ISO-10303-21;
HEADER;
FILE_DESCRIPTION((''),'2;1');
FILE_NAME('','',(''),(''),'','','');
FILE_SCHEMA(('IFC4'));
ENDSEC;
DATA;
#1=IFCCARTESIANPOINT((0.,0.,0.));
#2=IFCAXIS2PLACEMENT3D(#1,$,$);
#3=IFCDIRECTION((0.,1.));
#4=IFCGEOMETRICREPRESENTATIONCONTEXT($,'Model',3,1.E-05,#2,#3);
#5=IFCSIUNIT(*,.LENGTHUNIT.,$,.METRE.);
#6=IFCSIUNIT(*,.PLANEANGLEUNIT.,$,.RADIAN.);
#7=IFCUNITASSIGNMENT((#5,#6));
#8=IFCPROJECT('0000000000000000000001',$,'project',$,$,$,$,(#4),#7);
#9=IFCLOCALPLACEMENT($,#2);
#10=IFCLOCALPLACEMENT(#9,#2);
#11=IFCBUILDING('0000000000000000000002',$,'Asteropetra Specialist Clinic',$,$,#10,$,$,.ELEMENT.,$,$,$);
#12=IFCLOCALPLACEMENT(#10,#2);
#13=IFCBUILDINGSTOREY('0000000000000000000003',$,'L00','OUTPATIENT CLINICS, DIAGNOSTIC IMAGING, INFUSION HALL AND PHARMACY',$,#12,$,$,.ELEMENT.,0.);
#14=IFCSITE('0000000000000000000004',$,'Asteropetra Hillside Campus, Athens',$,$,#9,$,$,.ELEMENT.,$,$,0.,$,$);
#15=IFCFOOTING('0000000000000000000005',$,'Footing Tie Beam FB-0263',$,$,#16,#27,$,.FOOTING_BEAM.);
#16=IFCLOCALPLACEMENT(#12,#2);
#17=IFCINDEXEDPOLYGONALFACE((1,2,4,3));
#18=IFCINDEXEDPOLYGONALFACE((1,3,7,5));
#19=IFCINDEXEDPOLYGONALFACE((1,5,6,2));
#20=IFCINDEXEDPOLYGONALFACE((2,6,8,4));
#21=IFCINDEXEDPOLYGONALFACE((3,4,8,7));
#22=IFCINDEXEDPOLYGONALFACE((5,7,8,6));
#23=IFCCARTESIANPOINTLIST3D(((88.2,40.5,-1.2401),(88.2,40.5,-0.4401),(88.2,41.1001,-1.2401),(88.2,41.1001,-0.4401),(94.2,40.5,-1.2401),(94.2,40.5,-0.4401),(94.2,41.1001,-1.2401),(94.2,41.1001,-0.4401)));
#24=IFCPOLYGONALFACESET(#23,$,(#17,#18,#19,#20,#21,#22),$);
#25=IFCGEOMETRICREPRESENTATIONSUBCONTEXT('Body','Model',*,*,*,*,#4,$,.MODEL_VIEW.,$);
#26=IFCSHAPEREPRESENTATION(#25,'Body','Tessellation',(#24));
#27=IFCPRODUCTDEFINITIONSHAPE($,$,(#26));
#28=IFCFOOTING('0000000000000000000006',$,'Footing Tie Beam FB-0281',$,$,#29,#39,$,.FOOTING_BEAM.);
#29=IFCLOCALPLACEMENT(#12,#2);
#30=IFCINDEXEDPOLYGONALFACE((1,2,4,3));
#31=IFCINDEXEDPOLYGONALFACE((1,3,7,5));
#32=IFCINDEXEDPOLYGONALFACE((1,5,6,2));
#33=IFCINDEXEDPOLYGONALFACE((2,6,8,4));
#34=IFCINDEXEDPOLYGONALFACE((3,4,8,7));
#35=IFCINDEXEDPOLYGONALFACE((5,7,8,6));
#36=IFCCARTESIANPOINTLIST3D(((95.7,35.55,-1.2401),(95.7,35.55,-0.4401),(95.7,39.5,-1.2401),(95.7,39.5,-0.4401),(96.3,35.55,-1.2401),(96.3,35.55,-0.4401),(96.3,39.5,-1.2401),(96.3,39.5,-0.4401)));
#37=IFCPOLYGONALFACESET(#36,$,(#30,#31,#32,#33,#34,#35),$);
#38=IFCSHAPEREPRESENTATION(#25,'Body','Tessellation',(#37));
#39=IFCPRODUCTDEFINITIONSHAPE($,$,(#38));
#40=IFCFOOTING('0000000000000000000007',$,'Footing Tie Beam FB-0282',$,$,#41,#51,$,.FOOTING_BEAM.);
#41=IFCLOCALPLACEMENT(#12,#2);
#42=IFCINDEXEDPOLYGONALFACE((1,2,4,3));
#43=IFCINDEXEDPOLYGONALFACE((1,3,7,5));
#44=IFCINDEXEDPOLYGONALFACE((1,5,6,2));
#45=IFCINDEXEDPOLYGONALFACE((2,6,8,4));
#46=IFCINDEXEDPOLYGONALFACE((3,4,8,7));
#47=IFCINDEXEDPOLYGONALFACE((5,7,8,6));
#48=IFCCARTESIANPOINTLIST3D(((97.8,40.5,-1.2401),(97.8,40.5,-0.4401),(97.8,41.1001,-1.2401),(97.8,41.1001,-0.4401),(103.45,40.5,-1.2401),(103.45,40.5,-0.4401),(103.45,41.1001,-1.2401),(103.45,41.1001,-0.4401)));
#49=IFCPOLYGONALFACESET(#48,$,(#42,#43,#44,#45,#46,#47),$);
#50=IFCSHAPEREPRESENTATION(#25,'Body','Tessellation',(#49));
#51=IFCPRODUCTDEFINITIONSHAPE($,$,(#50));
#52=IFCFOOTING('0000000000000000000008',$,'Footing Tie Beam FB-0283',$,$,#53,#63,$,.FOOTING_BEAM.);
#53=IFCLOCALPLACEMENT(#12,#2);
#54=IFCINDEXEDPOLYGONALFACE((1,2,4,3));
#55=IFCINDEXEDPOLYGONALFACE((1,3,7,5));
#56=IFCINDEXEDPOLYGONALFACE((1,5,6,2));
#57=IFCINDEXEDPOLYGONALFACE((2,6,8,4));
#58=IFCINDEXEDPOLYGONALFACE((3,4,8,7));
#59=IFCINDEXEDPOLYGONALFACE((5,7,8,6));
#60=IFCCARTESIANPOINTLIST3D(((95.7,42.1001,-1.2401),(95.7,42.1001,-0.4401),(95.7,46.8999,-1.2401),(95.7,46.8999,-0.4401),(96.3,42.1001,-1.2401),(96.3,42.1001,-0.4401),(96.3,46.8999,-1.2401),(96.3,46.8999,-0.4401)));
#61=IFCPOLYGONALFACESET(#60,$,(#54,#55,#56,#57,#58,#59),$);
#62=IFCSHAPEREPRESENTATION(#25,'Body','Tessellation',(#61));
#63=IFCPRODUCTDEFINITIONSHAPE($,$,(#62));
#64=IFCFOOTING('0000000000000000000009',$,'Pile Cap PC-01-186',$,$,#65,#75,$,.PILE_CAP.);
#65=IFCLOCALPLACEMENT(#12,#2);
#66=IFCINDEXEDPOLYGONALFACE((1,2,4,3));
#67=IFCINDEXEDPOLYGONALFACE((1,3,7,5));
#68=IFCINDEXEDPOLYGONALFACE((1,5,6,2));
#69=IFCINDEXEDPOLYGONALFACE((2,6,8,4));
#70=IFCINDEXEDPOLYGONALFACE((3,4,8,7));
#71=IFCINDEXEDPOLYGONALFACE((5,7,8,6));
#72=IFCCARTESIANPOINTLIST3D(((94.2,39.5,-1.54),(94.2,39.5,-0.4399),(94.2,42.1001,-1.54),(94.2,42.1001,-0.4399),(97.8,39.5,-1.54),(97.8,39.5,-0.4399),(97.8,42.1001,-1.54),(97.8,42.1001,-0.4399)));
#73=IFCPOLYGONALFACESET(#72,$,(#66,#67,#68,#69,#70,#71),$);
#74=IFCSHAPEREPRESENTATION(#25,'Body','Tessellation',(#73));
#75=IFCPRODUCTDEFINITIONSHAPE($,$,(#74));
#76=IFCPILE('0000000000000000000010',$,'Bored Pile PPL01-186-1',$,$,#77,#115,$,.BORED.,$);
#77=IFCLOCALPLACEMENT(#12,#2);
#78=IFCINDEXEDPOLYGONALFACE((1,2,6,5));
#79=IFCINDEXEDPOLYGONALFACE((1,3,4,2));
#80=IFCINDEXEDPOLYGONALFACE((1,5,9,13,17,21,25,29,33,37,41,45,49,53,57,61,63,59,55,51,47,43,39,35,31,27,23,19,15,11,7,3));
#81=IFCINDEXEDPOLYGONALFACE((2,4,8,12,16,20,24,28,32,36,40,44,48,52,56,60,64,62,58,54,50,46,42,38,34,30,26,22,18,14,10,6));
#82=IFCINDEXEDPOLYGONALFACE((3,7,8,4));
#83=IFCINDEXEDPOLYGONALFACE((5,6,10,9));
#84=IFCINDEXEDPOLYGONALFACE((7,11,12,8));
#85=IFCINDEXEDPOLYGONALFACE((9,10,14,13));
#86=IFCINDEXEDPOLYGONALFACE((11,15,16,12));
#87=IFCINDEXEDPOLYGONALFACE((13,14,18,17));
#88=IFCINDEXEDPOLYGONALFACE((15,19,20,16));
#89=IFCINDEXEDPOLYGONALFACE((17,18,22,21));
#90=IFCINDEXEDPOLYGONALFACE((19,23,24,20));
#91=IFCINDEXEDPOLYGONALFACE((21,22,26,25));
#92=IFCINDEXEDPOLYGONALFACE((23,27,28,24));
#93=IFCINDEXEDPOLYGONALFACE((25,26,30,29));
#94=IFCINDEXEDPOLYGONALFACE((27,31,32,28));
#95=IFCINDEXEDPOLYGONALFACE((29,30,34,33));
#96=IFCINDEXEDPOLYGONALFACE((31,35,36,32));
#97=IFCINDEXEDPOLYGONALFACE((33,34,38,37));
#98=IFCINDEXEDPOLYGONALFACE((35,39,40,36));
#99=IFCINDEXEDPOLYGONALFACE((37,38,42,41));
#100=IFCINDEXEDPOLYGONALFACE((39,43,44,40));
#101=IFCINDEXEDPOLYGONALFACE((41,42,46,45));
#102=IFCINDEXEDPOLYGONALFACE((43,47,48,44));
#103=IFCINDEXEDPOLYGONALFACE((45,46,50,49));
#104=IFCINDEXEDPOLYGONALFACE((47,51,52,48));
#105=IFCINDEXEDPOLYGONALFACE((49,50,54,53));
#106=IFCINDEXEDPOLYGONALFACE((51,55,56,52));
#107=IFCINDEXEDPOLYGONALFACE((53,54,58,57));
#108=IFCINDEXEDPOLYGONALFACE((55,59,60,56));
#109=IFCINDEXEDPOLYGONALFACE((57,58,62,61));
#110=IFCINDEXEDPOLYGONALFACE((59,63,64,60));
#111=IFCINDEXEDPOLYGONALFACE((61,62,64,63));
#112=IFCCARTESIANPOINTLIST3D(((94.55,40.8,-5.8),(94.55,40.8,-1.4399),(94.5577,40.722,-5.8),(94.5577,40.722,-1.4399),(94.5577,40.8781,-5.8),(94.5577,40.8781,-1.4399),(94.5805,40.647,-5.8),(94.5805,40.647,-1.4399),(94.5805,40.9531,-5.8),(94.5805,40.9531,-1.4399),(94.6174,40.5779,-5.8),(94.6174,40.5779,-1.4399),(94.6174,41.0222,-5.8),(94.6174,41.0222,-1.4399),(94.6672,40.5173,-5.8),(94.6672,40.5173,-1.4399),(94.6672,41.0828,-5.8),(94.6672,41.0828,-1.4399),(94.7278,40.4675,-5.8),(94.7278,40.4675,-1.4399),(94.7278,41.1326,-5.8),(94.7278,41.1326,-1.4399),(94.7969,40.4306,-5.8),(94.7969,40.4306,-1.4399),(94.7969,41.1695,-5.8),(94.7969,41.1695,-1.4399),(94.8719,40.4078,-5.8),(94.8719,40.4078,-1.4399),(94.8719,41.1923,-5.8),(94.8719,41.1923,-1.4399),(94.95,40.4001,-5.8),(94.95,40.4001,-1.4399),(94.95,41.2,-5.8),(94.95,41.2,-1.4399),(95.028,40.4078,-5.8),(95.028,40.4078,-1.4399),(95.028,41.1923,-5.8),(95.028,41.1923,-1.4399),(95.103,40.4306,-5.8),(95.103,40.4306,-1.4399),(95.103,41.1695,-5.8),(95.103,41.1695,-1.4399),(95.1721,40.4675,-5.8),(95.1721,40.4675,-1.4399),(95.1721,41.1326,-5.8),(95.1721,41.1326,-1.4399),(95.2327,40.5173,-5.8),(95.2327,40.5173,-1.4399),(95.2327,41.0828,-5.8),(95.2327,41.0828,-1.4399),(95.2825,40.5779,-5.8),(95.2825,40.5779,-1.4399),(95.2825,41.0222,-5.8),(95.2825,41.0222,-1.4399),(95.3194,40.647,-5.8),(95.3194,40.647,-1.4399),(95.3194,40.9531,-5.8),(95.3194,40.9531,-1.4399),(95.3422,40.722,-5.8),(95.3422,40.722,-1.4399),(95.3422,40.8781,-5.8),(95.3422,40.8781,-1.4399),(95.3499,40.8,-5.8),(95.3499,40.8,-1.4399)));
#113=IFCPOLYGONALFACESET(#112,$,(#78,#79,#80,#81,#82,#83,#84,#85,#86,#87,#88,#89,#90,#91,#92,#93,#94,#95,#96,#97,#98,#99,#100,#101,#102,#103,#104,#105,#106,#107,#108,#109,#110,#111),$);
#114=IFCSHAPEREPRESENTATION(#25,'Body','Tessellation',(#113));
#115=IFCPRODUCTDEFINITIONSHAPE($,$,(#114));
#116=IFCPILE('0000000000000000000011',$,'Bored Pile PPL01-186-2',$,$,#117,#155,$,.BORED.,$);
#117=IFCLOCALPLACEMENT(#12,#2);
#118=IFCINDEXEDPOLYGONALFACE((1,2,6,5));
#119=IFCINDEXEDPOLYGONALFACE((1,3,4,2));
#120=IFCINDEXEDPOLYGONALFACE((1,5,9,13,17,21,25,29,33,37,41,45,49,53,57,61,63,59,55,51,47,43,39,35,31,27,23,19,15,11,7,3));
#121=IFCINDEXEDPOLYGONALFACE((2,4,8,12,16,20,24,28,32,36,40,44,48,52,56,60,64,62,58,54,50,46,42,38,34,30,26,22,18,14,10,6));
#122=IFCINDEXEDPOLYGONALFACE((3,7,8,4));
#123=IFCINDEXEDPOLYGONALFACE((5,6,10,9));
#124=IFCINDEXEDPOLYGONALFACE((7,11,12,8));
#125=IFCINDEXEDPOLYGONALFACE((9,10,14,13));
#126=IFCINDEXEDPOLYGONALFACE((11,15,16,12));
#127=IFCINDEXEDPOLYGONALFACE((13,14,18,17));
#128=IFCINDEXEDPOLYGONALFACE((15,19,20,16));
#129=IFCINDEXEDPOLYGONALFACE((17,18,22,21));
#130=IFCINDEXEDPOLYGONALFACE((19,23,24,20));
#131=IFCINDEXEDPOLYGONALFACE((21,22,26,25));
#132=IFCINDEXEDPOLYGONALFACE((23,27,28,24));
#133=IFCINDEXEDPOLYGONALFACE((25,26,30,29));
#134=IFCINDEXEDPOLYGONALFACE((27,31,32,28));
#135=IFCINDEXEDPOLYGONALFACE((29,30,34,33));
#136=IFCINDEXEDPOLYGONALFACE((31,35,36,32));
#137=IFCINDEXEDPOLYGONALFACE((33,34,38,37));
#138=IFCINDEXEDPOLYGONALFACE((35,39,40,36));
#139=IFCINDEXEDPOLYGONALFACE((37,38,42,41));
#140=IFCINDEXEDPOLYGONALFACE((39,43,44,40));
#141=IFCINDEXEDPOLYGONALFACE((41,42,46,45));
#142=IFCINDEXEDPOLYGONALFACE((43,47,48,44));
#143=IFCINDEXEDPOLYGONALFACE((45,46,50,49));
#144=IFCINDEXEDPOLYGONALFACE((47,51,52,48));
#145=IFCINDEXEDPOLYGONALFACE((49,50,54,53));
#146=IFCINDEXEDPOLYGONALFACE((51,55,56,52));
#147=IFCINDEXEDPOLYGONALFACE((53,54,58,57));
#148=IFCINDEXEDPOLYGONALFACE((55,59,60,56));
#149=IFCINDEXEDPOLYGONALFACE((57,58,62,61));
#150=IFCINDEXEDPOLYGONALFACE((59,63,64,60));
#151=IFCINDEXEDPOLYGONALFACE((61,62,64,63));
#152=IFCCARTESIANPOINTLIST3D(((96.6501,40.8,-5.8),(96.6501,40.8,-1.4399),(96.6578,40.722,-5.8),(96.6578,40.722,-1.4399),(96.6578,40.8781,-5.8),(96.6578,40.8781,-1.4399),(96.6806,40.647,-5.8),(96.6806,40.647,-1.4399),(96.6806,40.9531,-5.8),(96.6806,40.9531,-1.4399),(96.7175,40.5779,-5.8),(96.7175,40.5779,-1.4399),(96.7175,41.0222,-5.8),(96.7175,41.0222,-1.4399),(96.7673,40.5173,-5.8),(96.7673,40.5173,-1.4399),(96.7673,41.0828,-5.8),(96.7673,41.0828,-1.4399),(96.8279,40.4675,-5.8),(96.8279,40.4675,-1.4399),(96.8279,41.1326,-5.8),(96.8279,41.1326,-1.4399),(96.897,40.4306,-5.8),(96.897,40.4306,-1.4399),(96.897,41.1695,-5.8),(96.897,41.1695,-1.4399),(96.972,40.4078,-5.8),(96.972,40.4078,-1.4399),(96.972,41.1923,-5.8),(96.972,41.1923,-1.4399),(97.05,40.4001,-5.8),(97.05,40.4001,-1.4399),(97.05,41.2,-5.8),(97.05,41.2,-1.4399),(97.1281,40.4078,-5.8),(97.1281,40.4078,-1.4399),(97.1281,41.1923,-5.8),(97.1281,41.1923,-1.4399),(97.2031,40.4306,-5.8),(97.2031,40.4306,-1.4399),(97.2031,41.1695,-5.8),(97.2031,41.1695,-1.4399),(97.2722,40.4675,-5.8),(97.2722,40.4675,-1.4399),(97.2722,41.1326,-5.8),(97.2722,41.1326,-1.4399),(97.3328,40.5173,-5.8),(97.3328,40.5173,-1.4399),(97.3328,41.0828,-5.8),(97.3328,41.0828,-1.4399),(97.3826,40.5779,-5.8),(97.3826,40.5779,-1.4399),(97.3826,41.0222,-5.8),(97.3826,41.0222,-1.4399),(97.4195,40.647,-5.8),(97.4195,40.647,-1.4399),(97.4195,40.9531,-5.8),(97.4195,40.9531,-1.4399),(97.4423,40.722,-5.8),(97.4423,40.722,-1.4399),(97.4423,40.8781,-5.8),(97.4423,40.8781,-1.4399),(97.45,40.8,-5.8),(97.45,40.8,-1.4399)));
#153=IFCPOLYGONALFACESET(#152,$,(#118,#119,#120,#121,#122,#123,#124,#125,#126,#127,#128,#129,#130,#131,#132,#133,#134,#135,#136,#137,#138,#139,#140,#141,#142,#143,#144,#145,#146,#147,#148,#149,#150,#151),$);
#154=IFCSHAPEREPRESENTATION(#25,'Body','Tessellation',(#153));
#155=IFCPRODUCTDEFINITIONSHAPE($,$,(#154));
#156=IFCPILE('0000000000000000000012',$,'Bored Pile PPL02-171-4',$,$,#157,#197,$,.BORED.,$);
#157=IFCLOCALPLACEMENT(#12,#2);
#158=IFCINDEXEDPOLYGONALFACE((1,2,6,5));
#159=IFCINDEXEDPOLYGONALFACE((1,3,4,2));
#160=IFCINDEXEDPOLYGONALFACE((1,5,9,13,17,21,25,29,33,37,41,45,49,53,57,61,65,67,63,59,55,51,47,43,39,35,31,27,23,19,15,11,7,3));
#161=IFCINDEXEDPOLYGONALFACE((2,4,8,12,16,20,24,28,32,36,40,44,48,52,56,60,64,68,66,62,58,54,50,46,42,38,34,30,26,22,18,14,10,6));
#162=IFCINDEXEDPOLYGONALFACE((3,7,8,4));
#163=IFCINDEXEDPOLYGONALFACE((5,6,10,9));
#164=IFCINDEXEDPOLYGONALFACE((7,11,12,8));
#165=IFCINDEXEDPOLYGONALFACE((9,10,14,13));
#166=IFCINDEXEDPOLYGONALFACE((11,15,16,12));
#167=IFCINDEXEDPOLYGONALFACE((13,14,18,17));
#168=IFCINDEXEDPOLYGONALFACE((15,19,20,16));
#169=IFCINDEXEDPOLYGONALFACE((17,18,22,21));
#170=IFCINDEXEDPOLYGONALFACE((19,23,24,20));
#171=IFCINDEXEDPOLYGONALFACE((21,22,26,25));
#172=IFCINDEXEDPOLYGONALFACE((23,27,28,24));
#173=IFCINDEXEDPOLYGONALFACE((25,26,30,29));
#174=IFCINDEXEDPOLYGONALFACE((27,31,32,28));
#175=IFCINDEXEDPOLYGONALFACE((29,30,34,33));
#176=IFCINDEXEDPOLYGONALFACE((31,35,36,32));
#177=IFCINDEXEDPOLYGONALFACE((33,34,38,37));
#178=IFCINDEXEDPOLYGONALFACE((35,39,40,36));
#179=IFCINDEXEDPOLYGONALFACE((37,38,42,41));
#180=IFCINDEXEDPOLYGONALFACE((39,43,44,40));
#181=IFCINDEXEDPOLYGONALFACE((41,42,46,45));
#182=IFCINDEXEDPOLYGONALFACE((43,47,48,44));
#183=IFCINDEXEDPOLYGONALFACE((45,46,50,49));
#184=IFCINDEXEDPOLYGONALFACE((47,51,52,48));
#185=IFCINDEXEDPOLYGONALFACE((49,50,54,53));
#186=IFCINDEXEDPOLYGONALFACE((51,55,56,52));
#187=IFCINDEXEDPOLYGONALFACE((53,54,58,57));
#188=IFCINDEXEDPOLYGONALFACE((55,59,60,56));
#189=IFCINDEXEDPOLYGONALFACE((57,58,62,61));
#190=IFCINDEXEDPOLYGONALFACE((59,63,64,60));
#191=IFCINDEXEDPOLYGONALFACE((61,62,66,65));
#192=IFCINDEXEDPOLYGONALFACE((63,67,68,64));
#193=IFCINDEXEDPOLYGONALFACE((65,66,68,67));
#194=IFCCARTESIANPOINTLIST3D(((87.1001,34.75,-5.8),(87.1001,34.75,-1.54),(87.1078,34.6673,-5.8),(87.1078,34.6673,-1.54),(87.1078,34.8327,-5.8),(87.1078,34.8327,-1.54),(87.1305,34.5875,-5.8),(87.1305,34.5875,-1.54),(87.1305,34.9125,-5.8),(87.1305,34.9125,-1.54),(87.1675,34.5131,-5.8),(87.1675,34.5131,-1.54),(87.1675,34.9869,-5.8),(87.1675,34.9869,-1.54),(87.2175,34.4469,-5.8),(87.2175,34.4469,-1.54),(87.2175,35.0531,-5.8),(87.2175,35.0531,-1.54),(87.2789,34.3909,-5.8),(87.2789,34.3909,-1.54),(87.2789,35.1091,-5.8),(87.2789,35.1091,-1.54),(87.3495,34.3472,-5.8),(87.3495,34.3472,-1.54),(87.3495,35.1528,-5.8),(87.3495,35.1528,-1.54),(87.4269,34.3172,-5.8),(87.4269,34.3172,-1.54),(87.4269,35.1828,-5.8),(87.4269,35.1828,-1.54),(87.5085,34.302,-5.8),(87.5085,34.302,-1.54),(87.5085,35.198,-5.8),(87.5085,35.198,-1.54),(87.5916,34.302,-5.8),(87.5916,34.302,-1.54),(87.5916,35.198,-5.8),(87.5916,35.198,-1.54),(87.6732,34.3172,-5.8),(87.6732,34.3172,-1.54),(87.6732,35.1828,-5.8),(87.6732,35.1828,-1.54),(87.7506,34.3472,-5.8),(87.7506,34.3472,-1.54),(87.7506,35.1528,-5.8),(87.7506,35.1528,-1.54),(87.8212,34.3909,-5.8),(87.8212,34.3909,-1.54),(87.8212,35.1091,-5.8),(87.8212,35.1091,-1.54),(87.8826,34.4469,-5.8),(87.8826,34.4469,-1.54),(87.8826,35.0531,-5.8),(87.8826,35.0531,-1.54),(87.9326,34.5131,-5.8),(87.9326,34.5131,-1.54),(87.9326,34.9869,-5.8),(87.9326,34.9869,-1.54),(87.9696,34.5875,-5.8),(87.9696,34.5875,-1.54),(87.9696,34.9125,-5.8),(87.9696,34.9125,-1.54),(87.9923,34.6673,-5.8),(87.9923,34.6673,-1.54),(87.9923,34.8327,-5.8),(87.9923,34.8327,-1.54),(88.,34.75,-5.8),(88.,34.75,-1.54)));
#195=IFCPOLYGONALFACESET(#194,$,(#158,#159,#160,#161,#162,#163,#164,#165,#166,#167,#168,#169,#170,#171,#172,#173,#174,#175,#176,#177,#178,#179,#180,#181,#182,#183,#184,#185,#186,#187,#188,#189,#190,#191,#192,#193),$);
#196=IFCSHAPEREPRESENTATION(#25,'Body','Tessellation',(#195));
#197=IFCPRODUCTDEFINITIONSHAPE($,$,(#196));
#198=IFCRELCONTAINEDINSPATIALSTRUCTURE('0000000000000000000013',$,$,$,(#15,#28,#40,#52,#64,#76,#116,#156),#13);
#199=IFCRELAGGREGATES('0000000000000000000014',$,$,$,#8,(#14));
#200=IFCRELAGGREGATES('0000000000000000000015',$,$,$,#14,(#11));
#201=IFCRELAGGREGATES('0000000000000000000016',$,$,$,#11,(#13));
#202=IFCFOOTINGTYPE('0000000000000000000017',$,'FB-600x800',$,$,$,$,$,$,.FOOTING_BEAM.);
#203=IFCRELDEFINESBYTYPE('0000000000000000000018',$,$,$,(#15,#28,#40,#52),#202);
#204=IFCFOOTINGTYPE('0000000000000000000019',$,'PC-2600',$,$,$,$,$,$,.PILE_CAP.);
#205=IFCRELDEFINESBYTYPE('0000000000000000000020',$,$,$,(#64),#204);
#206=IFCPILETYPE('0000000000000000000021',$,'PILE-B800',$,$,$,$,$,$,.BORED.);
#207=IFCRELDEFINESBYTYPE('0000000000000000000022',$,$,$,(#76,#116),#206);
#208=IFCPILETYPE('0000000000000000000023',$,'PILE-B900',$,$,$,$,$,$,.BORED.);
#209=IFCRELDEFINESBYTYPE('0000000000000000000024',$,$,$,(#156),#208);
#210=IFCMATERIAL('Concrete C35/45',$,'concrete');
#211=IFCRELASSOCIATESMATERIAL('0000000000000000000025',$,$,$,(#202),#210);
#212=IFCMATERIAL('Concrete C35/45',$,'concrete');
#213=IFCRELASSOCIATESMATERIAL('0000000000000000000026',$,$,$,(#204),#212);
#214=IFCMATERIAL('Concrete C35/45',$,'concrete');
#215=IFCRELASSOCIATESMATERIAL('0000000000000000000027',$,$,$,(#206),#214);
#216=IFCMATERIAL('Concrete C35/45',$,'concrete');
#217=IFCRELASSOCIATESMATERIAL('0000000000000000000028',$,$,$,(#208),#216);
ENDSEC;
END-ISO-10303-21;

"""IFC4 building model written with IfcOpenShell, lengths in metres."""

from ifc_helpers import new_model, si_unit, direction, frame, origin, origin_2d, place, context, subcontext, project, spatial, rectangle, circle, extrude, material, material_profile, profile_set, type_object, element, save


model = new_model("IFC4")

# Units and contexts
model_context = context("Model", 3, precision=1e-05, world=origin(), true_north=direction((0.0, 1.0)))
body_context = subcontext(model_context, "Body", "Model", "MODEL_VIEW")
ifc_project = project(units=[si_unit("LENGTHUNIT", "METRE"), si_unit("PLANEANGLEUNIT", "RADIAN")], contexts=[model_context])

# Site, building, storey
site_placement = place(None, origin())
site = spatial("IfcSite", under=ifc_project, at=site_placement, Name="Asteropetra Hillside Campus, Athens", CompositionType="ELEMENT", RefElevation=0.0)
building_placement = place(site_placement, origin())
building = spatial("IfcBuilding", under=site, at=building_placement, Name="Asteropetra Specialist Clinic", CompositionType="ELEMENT")
storey_placement = place(building_placement, origin())
storey = spatial("IfcBuildingStorey", under=building, at=storey_placement, Name="L00", Description="OUTPATIENT CLINICS, DIAGNOSTIC IMAGING, INFUSION HALL AND PHARMACY", CompositionType="ELEMENT", Elevation=0.0)

# Footings
ifc_material_1 = material(Name="Concrete C35/45", Category="concrete")
ifc_material_profile_1 = material_profile(ifc_material_1, rectangle(XDim=0.6001, YDim=0.8, at=origin_2d()), Name="FB 600x800")
ifc_profile_set_1 = profile_set([ifc_material_profile_1], Name="Concrete C35/45")
footing_type_1 = type_object("IfcFootingType", Name="FB-600x800", PredefinedType="FOOTING_BEAM", material=ifc_profile_set_1)
footing_1_placement = place(storey_placement, frame((88.2, 40.8, -0.8401), z_axis=(1.0, 0.0, 0.0), x_axis=(0.0, 1.0, 0.0)))
element("IfcFooting", 1, at=footing_1_placement, inside=storey, type_object=footing_type_1, Name="Footing Tie Beam FB-0263", PredefinedType="FOOTING_BEAM", context=body_context, shape_type="SweptSolid", body=[
    extrude(rectangle(XDim=0.6001, YDim=0.8, at=origin_2d()), origin(), (0.0, 0.0, 1.0), 6.0),
])
footing_2_placement = place(storey_placement, frame((96.0, 35.55, -0.8401), z_axis=(0.0, 1.0, 0.0), x_axis=(-1.0, 0.0, 0.0)))
element("IfcFooting", 2, at=footing_2_placement, inside=storey, type_object=footing_type_1, Name="Footing Tie Beam FB-0281", PredefinedType="FOOTING_BEAM", context=body_context, shape_type="SweptSolid", body=[
    extrude(rectangle(XDim=0.6001, YDim=0.8, at=origin_2d()), origin(), (0.0, 0.0, 1.0), 3.95),
])
footing_3_placement = place(storey_placement, frame((97.8, 40.8, -0.8401), z_axis=(1.0, 0.0, 0.0), x_axis=(0.0, 1.0, 0.0)))
element("IfcFooting", 3, at=footing_3_placement, inside=storey, type_object=footing_type_1, Name="Footing Tie Beam FB-0282", PredefinedType="FOOTING_BEAM", context=body_context, shape_type="SweptSolid", body=[
    extrude(rectangle(XDim=0.6001, YDim=0.8, at=origin_2d()), origin(), (0.0, 0.0, 1.0), 5.6499),
])
footing_4_placement = place(storey_placement, frame((96.0, 42.1001, -0.8401), z_axis=(0.0, 1.0, 0.0), x_axis=(-1.0, 0.0, 0.0)))
element("IfcFooting", 4, at=footing_4_placement, inside=storey, type_object=footing_type_1, Name="Footing Tie Beam FB-0283", PredefinedType="FOOTING_BEAM", context=body_context, shape_type="SweptSolid", body=[
    extrude(rectangle(XDim=0.6001, YDim=0.8, at=origin_2d()), origin(), (0.0, 0.0, 1.0), 4.7998),
])
ifc_material_2 = material(Name="Concrete C35/45", Category="concrete")
footing_type_2 = type_object("IfcFootingType", Name="PC-2600", PredefinedType="PILE_CAP", material=ifc_material_2)
footing_5_placement = place(storey_placement, frame((96.0, 40.8, -1.54), z_axis=(0.0, 0.0, 1.0), x_axis=(1.0, 0.0, 0.0)))
element("IfcFooting", 5, at=footing_5_placement, inside=storey, type_object=footing_type_2, Name="Pile Cap PC-01-186", PredefinedType="PILE_CAP", context=body_context, shape_type="SweptSolid", body=[
    extrude(rectangle(XDim=3.6001, YDim=2.6001, at=origin_2d()), origin(), (0.0, 0.0, 1.0), 1.1001),
])

# Piles
ifc_material_3 = material(Name="Concrete C35/45", Category="concrete")
ifc_material_profile_2 = material_profile(ifc_material_3, circle(Radius=0.3999, at=origin_2d()), Name="PILE D800")
ifc_profile_set_2 = profile_set([ifc_material_profile_2], Name="Concrete C35/45")
pile_type_1 = type_object("IfcPileType", Name="PILE-B800", PredefinedType="BORED", material=ifc_profile_set_2)
for number, where, z_axis, x_axis, name in (
    (6, (94.95, 40.8, -1.4399), (0.0, 0.0, -1.0), (1.0, 0.0, 0.0), "Bored Pile PPL01-186-1"),
    (7, (97.05, 40.8, -1.4399), (0.0, 0.0, -1.0), (1.0, 0.0, 0.0), "Bored Pile PPL01-186-2"),
):
    element("IfcPile", number, at=place(storey_placement, frame(where, z_axis=z_axis, x_axis=x_axis)), inside=storey, type_object=pile_type_1, Name=name, PredefinedType="BORED", context=body_context, shape_type="SweptSolid", body=[
        extrude(circle(Radius=0.3999, at=origin_2d()), origin(), (0.0, 0.0, 1.0), 4.3601),
    ])
ifc_material_4 = material(Name="Concrete C35/45", Category="concrete")
ifc_material_profile_3 = material_profile(ifc_material_4, circle(Radius=0.45, at=origin_2d()), Name="PILE D900")
ifc_profile_set_3 = profile_set([ifc_material_profile_3], Name="Concrete C35/45")
pile_type_2 = type_object("IfcPileType", Name="PILE-B900", PredefinedType="BORED", material=ifc_profile_set_3)
for number, where, z_axis, x_axis, name in (
    (8, (87.55, 34.75, -1.54), (0.0, 0.0, -1.0), (1.0, 0.0, 0.0), "Bored Pile PPL02-171-4"),
):
    element("IfcPile", number, at=place(storey_placement, frame(where, z_axis=z_axis, x_axis=x_axis)), inside=storey, type_object=pile_type_2, Name=name, PredefinedType="BORED", context=body_context, shape_type="SweptSolid", body=[
        extrude(circle(Radius=0.45, at=origin_2d()), origin(), (0.0, 0.0, 1.0), 4.26),
    ])

save(model, "model.ifc")
